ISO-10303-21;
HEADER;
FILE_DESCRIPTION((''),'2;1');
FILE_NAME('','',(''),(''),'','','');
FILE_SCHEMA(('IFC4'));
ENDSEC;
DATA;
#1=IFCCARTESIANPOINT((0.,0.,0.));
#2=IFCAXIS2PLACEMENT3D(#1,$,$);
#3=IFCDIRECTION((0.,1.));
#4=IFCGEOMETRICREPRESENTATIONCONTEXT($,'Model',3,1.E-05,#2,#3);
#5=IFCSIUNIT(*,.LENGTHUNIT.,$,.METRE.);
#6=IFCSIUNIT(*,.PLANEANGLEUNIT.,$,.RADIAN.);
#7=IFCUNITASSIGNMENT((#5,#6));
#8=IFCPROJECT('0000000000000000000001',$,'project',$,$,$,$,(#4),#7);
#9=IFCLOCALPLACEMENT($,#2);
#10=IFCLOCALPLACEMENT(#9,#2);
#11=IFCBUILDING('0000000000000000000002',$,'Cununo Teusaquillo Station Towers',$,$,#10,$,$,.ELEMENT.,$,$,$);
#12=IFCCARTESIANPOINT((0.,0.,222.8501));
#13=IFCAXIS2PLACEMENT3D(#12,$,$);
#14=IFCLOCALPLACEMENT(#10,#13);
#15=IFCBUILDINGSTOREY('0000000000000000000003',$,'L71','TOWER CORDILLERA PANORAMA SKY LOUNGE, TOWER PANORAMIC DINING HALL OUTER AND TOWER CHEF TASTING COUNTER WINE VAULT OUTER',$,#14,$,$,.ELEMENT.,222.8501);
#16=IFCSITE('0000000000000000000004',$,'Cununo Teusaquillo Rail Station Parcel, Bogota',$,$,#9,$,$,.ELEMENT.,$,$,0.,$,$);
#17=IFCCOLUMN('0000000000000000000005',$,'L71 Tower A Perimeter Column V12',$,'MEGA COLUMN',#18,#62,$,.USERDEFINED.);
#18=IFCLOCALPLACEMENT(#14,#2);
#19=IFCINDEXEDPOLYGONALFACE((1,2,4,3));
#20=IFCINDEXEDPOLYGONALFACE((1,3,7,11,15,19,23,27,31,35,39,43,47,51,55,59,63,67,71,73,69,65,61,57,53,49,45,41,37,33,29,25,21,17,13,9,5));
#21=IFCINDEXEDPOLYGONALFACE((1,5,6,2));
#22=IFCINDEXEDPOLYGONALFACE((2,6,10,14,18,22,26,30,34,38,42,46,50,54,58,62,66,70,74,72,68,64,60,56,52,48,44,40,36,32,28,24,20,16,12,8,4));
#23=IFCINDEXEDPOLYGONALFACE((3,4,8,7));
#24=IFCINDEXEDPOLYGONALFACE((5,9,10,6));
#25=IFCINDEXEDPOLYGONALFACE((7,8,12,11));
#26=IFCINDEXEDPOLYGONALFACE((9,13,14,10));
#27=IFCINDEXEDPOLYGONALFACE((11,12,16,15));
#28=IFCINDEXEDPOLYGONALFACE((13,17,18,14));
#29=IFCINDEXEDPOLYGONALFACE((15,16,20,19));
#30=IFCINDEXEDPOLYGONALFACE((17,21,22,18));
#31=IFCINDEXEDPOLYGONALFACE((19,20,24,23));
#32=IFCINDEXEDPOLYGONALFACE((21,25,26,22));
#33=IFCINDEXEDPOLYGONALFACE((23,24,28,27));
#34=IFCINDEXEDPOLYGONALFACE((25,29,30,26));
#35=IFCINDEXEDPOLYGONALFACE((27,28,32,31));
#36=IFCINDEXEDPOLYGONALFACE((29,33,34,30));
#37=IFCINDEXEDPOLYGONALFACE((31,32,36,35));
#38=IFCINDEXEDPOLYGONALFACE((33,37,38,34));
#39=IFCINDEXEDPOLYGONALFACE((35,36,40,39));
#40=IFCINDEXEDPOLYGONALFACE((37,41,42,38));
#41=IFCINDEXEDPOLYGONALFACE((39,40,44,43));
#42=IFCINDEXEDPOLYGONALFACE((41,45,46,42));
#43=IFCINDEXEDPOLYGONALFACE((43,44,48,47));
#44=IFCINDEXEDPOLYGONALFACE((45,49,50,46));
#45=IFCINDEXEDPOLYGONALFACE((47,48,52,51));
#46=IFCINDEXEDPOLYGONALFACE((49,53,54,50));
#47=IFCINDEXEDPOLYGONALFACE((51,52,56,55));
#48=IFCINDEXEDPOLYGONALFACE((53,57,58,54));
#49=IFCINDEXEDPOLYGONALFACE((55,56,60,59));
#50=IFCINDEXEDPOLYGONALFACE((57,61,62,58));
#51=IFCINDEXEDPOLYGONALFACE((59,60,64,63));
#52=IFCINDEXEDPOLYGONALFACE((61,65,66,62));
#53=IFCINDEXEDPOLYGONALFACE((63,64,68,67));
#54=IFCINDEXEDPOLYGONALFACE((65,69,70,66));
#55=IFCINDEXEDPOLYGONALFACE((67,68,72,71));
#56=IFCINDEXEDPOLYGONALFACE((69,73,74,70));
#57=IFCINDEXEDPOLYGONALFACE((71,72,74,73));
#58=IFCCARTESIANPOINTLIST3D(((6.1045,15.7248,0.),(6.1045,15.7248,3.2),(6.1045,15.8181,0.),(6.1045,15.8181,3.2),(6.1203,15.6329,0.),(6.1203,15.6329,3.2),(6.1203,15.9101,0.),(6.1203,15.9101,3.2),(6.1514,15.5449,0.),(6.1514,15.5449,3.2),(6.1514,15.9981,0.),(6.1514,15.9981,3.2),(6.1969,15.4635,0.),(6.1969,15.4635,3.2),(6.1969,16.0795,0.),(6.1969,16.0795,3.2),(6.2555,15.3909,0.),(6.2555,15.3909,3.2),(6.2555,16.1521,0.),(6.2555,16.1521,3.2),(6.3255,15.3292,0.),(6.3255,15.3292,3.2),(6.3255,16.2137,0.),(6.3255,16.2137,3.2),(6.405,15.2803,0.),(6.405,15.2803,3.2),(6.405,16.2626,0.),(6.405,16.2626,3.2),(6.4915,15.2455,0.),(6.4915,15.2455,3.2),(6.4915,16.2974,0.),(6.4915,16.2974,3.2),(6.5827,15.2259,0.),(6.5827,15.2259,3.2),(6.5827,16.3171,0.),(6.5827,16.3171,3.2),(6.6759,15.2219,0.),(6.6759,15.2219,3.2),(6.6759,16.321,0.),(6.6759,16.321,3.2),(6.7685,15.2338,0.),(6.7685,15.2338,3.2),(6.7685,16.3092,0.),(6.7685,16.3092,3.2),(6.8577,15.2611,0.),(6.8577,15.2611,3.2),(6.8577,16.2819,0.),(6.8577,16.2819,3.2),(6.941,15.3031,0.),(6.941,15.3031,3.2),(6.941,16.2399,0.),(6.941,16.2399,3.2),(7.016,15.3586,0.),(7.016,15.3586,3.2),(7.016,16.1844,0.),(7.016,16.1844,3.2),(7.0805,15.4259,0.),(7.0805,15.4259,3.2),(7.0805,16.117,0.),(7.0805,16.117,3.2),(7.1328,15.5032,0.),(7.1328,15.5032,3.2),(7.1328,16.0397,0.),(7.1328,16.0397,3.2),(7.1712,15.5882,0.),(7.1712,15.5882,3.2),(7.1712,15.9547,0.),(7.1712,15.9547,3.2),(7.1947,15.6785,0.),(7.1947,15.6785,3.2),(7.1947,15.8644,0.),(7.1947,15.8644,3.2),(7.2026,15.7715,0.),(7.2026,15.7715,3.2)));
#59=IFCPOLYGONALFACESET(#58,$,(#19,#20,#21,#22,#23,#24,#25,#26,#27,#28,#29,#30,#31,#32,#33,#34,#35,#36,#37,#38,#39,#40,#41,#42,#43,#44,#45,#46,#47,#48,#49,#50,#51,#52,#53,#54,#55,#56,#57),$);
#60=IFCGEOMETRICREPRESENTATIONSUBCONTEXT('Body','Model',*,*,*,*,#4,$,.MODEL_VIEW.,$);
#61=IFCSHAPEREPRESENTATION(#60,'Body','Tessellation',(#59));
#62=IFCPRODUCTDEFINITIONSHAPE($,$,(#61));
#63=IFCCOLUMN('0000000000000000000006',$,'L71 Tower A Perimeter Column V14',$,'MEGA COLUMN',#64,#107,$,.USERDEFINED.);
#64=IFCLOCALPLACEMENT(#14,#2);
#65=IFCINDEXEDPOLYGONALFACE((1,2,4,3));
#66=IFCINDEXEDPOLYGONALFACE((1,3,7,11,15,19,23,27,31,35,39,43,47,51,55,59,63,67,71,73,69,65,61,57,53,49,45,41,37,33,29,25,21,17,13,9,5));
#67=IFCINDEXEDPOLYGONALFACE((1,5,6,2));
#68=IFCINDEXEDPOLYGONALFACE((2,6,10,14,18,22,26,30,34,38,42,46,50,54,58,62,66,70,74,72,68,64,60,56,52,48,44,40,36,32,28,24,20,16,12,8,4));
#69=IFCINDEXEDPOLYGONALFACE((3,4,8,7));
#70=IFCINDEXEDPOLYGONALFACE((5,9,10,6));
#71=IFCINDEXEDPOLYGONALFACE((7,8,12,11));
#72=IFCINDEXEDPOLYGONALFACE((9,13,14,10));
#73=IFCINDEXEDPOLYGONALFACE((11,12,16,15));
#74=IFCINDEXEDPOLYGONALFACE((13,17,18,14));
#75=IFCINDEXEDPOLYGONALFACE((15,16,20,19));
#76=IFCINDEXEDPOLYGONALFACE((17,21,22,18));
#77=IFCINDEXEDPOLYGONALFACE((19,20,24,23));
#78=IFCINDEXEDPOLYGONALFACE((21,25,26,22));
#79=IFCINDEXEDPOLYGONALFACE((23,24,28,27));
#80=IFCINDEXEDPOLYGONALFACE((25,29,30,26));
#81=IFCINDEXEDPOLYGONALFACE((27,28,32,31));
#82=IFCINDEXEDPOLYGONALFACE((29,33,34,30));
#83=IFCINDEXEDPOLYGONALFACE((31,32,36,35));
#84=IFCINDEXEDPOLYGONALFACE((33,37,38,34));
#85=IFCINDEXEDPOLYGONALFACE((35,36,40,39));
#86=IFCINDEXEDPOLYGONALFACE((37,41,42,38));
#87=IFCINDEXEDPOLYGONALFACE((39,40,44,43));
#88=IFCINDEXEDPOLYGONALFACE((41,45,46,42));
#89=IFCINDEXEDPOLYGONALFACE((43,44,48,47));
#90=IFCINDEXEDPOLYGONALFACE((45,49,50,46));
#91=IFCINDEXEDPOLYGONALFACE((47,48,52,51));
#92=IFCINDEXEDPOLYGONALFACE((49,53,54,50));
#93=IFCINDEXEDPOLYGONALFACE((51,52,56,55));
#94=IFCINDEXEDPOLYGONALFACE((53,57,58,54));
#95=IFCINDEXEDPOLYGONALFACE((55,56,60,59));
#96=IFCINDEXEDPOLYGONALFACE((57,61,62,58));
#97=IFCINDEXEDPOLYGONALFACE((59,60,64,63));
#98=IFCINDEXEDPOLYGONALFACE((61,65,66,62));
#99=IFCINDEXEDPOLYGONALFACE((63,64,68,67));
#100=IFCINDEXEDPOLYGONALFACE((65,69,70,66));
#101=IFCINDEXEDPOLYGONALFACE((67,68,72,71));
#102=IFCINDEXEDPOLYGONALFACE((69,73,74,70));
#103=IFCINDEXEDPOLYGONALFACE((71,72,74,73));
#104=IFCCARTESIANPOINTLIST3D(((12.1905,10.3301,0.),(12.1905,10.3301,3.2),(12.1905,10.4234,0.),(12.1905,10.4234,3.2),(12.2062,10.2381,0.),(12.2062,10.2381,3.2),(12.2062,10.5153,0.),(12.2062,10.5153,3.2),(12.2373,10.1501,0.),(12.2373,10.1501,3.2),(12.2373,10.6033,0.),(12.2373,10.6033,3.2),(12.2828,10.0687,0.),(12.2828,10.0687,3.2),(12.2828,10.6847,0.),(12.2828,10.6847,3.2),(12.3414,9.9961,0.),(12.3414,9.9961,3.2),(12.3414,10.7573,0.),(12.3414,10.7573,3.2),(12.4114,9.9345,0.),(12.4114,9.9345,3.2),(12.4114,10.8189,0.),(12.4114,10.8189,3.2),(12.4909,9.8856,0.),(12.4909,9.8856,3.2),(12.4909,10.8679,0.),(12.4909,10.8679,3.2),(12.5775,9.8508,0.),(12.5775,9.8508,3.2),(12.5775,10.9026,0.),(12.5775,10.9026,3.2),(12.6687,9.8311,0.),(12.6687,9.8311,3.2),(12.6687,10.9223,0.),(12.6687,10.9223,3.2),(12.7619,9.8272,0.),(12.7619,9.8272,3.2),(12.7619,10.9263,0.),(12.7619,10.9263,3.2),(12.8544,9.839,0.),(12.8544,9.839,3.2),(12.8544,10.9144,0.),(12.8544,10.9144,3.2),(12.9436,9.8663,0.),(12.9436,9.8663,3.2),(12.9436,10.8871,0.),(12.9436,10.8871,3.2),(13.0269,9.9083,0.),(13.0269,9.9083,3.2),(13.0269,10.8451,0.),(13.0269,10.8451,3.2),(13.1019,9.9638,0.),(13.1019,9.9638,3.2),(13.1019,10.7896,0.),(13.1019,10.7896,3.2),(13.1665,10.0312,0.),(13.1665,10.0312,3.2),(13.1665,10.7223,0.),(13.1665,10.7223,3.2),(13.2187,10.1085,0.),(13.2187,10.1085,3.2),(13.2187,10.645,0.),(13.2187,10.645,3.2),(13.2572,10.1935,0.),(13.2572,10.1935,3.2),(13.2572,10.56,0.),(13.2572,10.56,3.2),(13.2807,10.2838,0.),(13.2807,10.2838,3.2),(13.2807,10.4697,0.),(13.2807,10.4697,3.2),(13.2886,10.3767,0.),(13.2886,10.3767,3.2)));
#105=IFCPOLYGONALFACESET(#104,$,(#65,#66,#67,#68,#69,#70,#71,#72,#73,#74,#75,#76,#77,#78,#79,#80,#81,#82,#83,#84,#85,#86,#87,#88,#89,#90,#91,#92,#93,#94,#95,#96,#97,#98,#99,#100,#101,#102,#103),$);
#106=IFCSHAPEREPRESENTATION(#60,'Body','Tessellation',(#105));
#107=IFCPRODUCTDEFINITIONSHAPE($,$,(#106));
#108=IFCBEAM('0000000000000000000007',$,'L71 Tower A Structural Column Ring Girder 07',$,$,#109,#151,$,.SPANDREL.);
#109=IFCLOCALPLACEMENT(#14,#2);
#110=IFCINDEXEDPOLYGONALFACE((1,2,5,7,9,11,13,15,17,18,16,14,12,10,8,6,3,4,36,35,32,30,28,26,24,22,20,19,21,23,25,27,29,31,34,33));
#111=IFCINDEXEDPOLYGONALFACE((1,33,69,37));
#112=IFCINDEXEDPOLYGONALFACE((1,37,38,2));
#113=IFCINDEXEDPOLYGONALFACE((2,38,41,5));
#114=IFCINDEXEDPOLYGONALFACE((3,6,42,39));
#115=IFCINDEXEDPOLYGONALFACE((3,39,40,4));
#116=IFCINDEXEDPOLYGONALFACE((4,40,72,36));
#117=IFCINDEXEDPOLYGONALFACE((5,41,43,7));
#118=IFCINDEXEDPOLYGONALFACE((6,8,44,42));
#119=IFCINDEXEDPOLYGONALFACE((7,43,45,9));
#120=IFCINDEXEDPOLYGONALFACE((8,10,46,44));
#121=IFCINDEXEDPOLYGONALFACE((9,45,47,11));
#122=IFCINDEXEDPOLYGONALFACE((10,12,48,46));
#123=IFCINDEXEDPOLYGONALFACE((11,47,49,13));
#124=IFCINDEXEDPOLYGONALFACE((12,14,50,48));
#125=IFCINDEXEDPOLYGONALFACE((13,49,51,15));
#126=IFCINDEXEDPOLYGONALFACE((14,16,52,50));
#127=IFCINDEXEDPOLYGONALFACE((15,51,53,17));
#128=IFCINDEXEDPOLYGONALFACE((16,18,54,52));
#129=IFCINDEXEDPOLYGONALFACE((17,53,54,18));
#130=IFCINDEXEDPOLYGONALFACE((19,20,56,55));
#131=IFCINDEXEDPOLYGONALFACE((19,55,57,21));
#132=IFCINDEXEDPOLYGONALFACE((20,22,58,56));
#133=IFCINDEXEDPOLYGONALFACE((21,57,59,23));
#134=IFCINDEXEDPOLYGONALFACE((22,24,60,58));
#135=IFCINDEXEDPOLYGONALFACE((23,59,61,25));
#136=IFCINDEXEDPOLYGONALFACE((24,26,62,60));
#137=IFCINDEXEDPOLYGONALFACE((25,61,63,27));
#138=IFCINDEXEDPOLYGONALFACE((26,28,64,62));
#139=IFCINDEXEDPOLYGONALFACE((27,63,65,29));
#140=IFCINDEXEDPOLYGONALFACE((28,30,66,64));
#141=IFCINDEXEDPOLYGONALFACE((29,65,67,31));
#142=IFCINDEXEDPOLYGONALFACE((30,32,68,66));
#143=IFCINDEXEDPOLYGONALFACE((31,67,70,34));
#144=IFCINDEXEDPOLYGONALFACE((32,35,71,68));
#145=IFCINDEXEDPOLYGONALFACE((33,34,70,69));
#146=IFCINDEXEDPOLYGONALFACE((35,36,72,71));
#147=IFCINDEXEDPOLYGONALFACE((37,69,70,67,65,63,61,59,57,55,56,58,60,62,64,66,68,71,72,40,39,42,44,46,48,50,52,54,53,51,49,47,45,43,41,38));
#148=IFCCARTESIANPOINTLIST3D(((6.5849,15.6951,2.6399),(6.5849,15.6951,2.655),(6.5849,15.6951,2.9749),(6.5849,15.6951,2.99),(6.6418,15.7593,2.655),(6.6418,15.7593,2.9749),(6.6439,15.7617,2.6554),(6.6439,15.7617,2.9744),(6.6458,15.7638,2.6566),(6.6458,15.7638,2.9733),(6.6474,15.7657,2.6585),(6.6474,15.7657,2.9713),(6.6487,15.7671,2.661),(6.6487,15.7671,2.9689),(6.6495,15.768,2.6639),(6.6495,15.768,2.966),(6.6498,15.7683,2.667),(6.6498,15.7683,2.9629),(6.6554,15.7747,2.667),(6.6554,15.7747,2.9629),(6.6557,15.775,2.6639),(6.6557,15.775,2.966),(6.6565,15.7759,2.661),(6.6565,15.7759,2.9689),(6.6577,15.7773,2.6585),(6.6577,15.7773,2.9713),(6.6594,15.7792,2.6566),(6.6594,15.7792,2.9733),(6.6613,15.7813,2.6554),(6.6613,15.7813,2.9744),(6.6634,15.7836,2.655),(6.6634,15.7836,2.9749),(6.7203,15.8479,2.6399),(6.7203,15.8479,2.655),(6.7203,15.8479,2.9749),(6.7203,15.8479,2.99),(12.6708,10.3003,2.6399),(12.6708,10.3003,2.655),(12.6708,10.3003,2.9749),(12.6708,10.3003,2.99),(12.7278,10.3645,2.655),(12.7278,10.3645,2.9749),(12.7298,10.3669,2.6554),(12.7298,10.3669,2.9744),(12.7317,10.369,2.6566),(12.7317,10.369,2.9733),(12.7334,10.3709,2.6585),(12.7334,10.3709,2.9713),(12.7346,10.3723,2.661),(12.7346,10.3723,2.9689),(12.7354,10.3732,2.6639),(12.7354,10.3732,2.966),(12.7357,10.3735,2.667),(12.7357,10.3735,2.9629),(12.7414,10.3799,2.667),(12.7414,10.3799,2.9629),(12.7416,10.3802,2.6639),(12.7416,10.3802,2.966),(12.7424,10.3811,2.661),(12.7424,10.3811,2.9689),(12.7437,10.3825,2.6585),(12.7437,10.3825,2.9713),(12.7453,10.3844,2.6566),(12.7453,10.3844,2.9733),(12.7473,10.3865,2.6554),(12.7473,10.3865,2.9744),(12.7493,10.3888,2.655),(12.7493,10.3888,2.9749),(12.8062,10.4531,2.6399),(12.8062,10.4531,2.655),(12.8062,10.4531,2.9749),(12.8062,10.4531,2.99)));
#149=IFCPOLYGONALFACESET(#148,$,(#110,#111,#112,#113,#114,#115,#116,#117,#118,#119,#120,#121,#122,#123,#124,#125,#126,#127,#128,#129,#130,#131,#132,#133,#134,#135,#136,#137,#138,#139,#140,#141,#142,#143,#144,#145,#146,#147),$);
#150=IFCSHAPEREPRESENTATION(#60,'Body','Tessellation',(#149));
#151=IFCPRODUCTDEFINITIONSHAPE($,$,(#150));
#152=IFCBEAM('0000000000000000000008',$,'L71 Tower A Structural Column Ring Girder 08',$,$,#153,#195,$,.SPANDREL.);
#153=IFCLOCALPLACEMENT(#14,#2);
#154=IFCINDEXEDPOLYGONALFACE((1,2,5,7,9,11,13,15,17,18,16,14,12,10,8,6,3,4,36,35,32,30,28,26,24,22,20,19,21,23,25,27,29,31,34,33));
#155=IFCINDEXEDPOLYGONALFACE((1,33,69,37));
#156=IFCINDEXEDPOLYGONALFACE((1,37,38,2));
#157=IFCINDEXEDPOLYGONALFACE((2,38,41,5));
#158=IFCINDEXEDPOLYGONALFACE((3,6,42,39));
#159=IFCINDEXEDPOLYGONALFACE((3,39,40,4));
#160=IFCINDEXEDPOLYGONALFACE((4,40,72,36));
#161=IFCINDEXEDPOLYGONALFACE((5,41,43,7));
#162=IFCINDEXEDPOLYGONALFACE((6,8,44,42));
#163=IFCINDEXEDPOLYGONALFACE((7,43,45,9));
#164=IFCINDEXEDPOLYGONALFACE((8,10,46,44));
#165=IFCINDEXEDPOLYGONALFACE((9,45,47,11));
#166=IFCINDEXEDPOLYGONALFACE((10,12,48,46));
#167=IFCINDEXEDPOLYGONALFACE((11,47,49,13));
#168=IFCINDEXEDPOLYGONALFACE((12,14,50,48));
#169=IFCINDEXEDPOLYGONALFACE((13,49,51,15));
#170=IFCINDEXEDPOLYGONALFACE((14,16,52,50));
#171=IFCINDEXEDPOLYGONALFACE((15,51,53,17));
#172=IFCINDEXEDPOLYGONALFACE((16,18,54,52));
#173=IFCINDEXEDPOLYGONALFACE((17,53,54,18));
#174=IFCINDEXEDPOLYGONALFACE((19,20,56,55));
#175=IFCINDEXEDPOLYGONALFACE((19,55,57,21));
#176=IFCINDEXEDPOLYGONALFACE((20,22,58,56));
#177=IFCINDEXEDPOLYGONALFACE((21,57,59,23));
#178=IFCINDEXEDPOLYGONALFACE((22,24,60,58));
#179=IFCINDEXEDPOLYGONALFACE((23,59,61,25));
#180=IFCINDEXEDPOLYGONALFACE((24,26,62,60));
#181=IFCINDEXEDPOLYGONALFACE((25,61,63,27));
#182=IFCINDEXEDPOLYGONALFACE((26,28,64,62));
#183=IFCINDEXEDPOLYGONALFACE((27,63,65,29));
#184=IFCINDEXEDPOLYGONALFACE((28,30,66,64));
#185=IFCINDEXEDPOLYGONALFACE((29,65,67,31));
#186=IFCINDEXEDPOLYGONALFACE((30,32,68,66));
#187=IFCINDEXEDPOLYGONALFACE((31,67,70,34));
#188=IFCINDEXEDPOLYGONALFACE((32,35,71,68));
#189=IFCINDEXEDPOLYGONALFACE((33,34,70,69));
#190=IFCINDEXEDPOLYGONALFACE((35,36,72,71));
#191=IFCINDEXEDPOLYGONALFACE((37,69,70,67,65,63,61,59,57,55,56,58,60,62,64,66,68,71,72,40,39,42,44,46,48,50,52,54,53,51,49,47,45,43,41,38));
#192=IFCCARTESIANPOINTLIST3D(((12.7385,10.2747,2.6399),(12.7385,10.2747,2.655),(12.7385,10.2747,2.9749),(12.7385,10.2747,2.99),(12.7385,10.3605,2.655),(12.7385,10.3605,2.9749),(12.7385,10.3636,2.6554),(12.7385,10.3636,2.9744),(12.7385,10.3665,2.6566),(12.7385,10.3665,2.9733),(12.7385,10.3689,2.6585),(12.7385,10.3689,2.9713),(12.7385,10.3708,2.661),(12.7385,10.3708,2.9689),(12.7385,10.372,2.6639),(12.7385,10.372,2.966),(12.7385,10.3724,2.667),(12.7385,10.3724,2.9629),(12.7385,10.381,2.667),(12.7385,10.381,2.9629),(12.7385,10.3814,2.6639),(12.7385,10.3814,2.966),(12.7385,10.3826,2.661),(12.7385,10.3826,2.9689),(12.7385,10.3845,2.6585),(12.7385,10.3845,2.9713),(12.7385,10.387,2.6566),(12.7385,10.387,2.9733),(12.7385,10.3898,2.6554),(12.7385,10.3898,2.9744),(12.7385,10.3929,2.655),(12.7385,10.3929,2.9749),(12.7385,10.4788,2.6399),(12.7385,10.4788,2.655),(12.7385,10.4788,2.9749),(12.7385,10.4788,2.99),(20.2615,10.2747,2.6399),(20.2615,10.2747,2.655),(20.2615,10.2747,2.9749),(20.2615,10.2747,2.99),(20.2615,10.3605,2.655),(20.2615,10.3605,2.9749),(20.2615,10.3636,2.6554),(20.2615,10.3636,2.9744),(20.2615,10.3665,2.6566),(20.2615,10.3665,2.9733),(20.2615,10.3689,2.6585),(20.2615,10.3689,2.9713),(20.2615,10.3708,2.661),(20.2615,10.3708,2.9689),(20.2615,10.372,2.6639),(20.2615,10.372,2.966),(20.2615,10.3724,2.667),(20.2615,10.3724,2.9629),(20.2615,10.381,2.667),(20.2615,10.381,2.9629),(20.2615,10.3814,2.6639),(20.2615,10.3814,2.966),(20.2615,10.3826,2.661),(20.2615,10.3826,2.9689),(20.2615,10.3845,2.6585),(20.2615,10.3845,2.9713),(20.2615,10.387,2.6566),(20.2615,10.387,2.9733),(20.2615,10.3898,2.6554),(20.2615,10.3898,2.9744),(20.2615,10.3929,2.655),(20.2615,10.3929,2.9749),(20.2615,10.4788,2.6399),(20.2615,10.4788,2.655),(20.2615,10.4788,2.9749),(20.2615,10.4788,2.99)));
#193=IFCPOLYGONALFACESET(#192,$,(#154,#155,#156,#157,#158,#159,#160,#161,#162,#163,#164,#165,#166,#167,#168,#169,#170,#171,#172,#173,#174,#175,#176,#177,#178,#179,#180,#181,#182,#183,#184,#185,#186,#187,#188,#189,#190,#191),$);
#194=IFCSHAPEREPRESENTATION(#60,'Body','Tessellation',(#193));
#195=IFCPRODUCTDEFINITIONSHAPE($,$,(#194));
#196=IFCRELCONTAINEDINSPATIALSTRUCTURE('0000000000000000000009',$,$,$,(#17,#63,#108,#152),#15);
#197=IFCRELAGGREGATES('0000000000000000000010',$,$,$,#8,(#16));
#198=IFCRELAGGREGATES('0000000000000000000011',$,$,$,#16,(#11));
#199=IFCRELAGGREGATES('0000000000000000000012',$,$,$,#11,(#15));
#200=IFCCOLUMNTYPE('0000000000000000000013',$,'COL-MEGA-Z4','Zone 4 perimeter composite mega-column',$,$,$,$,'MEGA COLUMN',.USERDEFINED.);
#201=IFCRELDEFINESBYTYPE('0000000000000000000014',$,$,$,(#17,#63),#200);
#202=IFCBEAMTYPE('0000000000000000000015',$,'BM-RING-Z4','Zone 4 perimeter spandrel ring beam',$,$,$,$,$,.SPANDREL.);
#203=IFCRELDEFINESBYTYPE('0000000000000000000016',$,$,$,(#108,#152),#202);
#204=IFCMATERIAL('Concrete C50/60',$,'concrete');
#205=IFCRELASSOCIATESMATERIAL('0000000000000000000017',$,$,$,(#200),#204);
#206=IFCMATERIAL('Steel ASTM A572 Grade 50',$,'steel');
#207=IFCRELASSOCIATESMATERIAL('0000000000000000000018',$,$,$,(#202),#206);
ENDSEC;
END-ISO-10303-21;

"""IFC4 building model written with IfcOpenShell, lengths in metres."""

from ifc_helpers import new_model, si_unit, direction, frame, origin, origin_2d, place, context, subcontext, project, spatial, circle, i_section, extrude, material, material_profile, profile_set, type_object, element, save


model = new_model("IFC4")

# Units and contexts
model_context = context("Model", 3, precision=1e-05, world=origin(), true_north=direction((0.0, 1.0)))
body_context = subcontext(model_context, "Body", "Model", "MODEL_VIEW")
ifc_project = project(units=[si_unit("LENGTHUNIT", "METRE"), si_unit("PLANEANGLEUNIT", "RADIAN")], contexts=[model_context])

# Site, building, storey
site_placement = place(None, origin())
site = spatial("IfcSite", under=ifc_project, at=site_placement, Name="Cununo Teusaquillo Rail Station Parcel, Bogota", CompositionType="ELEMENT", RefElevation=0.0)
building_placement = place(site_placement, origin())
building = spatial("IfcBuilding", under=site, at=building_placement, Name="Cununo Teusaquillo Station Towers", CompositionType="ELEMENT")
storey_placement = place(building_placement, frame((0.0, 0.0, 222.8501)))
storey = spatial("IfcBuildingStorey", under=building, at=storey_placement, Name="L71", Description="TOWER CORDILLERA PANORAMA SKY LOUNGE, TOWER PANORAMIC DINING HALL OUTER AND TOWER CHEF TASTING COUNTER WINE VAULT OUTER", CompositionType="ELEMENT", Elevation=222.8501)

# Columns
ifc_material_1 = material(Name="Concrete C50/60", Category="concrete")
ifc_material_profile_1 = material_profile(ifc_material_1, circle(Radius=0.55, at=origin_2d()), Name="RC-CIRC-1100")
ifc_profile_set_1 = profile_set([ifc_material_profile_1], Name="Concrete C50/60")
column_type = type_object("IfcColumnType", Name="COL-MEGA-Z4", Description="Zone 4 perimeter composite mega-column", ElementType="MEGA COLUMN", PredefinedType="USERDEFINED", material=ifc_profile_set_1)
for number, where, z_axis, x_axis, name in (
    (1, (6.6526, 15.7715, 0.0), (0.0, 0.0, 1.0), (1.0, 0.0, 0.0), "L71 Tower A Perimeter Column V12"),
    (2, (12.7385, 10.3767, 0.0), (0.0, 0.0, 1.0), (1.0, 0.0, 0.0), "L71 Tower A Perimeter Column V14"),
):
    element("IfcColumn", number, at=place(storey_placement, frame(where, z_axis=z_axis, x_axis=x_axis)), inside=storey, type_object=column_type, Name=name, ObjectType="MEGA COLUMN", PredefinedType="USERDEFINED", context=body_context, shape_type="SweptSolid", body=[
        extrude(circle(Radius=0.55, at=origin_2d()), origin(), (0.0, 0.0, 1.0), 3.2),
    ])

# Beams
ifc_material_2 = material(Name="Steel ASTM A572 Grade 50", Category="steel")
ifc_material_profile_2 = material_profile(ifc_material_2, i_section(OverallWidth=0.2041, OverallDepth=0.3501, WebThickness=0.0085, FlangeThickness=0.0151, FilletRadius=0.012, at=origin_2d()), Name="W14X48")
ifc_profile_set_2 = profile_set([ifc_material_profile_2], Name="Steel ASTM A572 Grade 50")
beam_type = type_object("IfcBeamType", Name="BM-RING-Z4", Description="Zone 4 perimeter spandrel ring beam", PredefinedType="SPANDREL", material=ifc_profile_set_2)
beam_1_placement = place(storey_placement, frame((6.6526, 15.7715, 2.8149), z_axis=(0.748321, -0.663337, 0.0), x_axis=(0.663337, 0.748321, 0.0)))
element("IfcBeam", 3, at=beam_1_placement, inside=storey, type_object=beam_type, Name="L71 Tower A Structural Column Ring Girder 07", PredefinedType="SPANDREL", context=body_context, shape_type="SweptSolid", body=[
    extrude(i_section(OverallWidth=0.2041, OverallDepth=0.3501, WebThickness=0.0085, FlangeThickness=0.0151, FilletRadius=0.012, at=origin_2d()), origin(), (0.0, 0.0, 1.0), 8.1328),
])
beam_2_placement = place(storey_placement, frame((12.7385, 10.3767, 2.8149), z_axis=(1.0, 0.0, 0.0), x_axis=(0.0, 1.0, 0.0)))
element("IfcBeam", 4, at=beam_2_placement, inside=storey, type_object=beam_type, Name="L71 Tower A Structural Column Ring Girder 08", PredefinedType="SPANDREL", context=body_context, shape_type="SweptSolid", body=[
    extrude(i_section(OverallWidth=0.2041, OverallDepth=0.3501, WebThickness=0.0085, FlangeThickness=0.0151, FilletRadius=0.012, at=origin_2d()), origin(), (0.0, 0.0, 1.0), 7.5229),
])

save(model, "model.ifc")
